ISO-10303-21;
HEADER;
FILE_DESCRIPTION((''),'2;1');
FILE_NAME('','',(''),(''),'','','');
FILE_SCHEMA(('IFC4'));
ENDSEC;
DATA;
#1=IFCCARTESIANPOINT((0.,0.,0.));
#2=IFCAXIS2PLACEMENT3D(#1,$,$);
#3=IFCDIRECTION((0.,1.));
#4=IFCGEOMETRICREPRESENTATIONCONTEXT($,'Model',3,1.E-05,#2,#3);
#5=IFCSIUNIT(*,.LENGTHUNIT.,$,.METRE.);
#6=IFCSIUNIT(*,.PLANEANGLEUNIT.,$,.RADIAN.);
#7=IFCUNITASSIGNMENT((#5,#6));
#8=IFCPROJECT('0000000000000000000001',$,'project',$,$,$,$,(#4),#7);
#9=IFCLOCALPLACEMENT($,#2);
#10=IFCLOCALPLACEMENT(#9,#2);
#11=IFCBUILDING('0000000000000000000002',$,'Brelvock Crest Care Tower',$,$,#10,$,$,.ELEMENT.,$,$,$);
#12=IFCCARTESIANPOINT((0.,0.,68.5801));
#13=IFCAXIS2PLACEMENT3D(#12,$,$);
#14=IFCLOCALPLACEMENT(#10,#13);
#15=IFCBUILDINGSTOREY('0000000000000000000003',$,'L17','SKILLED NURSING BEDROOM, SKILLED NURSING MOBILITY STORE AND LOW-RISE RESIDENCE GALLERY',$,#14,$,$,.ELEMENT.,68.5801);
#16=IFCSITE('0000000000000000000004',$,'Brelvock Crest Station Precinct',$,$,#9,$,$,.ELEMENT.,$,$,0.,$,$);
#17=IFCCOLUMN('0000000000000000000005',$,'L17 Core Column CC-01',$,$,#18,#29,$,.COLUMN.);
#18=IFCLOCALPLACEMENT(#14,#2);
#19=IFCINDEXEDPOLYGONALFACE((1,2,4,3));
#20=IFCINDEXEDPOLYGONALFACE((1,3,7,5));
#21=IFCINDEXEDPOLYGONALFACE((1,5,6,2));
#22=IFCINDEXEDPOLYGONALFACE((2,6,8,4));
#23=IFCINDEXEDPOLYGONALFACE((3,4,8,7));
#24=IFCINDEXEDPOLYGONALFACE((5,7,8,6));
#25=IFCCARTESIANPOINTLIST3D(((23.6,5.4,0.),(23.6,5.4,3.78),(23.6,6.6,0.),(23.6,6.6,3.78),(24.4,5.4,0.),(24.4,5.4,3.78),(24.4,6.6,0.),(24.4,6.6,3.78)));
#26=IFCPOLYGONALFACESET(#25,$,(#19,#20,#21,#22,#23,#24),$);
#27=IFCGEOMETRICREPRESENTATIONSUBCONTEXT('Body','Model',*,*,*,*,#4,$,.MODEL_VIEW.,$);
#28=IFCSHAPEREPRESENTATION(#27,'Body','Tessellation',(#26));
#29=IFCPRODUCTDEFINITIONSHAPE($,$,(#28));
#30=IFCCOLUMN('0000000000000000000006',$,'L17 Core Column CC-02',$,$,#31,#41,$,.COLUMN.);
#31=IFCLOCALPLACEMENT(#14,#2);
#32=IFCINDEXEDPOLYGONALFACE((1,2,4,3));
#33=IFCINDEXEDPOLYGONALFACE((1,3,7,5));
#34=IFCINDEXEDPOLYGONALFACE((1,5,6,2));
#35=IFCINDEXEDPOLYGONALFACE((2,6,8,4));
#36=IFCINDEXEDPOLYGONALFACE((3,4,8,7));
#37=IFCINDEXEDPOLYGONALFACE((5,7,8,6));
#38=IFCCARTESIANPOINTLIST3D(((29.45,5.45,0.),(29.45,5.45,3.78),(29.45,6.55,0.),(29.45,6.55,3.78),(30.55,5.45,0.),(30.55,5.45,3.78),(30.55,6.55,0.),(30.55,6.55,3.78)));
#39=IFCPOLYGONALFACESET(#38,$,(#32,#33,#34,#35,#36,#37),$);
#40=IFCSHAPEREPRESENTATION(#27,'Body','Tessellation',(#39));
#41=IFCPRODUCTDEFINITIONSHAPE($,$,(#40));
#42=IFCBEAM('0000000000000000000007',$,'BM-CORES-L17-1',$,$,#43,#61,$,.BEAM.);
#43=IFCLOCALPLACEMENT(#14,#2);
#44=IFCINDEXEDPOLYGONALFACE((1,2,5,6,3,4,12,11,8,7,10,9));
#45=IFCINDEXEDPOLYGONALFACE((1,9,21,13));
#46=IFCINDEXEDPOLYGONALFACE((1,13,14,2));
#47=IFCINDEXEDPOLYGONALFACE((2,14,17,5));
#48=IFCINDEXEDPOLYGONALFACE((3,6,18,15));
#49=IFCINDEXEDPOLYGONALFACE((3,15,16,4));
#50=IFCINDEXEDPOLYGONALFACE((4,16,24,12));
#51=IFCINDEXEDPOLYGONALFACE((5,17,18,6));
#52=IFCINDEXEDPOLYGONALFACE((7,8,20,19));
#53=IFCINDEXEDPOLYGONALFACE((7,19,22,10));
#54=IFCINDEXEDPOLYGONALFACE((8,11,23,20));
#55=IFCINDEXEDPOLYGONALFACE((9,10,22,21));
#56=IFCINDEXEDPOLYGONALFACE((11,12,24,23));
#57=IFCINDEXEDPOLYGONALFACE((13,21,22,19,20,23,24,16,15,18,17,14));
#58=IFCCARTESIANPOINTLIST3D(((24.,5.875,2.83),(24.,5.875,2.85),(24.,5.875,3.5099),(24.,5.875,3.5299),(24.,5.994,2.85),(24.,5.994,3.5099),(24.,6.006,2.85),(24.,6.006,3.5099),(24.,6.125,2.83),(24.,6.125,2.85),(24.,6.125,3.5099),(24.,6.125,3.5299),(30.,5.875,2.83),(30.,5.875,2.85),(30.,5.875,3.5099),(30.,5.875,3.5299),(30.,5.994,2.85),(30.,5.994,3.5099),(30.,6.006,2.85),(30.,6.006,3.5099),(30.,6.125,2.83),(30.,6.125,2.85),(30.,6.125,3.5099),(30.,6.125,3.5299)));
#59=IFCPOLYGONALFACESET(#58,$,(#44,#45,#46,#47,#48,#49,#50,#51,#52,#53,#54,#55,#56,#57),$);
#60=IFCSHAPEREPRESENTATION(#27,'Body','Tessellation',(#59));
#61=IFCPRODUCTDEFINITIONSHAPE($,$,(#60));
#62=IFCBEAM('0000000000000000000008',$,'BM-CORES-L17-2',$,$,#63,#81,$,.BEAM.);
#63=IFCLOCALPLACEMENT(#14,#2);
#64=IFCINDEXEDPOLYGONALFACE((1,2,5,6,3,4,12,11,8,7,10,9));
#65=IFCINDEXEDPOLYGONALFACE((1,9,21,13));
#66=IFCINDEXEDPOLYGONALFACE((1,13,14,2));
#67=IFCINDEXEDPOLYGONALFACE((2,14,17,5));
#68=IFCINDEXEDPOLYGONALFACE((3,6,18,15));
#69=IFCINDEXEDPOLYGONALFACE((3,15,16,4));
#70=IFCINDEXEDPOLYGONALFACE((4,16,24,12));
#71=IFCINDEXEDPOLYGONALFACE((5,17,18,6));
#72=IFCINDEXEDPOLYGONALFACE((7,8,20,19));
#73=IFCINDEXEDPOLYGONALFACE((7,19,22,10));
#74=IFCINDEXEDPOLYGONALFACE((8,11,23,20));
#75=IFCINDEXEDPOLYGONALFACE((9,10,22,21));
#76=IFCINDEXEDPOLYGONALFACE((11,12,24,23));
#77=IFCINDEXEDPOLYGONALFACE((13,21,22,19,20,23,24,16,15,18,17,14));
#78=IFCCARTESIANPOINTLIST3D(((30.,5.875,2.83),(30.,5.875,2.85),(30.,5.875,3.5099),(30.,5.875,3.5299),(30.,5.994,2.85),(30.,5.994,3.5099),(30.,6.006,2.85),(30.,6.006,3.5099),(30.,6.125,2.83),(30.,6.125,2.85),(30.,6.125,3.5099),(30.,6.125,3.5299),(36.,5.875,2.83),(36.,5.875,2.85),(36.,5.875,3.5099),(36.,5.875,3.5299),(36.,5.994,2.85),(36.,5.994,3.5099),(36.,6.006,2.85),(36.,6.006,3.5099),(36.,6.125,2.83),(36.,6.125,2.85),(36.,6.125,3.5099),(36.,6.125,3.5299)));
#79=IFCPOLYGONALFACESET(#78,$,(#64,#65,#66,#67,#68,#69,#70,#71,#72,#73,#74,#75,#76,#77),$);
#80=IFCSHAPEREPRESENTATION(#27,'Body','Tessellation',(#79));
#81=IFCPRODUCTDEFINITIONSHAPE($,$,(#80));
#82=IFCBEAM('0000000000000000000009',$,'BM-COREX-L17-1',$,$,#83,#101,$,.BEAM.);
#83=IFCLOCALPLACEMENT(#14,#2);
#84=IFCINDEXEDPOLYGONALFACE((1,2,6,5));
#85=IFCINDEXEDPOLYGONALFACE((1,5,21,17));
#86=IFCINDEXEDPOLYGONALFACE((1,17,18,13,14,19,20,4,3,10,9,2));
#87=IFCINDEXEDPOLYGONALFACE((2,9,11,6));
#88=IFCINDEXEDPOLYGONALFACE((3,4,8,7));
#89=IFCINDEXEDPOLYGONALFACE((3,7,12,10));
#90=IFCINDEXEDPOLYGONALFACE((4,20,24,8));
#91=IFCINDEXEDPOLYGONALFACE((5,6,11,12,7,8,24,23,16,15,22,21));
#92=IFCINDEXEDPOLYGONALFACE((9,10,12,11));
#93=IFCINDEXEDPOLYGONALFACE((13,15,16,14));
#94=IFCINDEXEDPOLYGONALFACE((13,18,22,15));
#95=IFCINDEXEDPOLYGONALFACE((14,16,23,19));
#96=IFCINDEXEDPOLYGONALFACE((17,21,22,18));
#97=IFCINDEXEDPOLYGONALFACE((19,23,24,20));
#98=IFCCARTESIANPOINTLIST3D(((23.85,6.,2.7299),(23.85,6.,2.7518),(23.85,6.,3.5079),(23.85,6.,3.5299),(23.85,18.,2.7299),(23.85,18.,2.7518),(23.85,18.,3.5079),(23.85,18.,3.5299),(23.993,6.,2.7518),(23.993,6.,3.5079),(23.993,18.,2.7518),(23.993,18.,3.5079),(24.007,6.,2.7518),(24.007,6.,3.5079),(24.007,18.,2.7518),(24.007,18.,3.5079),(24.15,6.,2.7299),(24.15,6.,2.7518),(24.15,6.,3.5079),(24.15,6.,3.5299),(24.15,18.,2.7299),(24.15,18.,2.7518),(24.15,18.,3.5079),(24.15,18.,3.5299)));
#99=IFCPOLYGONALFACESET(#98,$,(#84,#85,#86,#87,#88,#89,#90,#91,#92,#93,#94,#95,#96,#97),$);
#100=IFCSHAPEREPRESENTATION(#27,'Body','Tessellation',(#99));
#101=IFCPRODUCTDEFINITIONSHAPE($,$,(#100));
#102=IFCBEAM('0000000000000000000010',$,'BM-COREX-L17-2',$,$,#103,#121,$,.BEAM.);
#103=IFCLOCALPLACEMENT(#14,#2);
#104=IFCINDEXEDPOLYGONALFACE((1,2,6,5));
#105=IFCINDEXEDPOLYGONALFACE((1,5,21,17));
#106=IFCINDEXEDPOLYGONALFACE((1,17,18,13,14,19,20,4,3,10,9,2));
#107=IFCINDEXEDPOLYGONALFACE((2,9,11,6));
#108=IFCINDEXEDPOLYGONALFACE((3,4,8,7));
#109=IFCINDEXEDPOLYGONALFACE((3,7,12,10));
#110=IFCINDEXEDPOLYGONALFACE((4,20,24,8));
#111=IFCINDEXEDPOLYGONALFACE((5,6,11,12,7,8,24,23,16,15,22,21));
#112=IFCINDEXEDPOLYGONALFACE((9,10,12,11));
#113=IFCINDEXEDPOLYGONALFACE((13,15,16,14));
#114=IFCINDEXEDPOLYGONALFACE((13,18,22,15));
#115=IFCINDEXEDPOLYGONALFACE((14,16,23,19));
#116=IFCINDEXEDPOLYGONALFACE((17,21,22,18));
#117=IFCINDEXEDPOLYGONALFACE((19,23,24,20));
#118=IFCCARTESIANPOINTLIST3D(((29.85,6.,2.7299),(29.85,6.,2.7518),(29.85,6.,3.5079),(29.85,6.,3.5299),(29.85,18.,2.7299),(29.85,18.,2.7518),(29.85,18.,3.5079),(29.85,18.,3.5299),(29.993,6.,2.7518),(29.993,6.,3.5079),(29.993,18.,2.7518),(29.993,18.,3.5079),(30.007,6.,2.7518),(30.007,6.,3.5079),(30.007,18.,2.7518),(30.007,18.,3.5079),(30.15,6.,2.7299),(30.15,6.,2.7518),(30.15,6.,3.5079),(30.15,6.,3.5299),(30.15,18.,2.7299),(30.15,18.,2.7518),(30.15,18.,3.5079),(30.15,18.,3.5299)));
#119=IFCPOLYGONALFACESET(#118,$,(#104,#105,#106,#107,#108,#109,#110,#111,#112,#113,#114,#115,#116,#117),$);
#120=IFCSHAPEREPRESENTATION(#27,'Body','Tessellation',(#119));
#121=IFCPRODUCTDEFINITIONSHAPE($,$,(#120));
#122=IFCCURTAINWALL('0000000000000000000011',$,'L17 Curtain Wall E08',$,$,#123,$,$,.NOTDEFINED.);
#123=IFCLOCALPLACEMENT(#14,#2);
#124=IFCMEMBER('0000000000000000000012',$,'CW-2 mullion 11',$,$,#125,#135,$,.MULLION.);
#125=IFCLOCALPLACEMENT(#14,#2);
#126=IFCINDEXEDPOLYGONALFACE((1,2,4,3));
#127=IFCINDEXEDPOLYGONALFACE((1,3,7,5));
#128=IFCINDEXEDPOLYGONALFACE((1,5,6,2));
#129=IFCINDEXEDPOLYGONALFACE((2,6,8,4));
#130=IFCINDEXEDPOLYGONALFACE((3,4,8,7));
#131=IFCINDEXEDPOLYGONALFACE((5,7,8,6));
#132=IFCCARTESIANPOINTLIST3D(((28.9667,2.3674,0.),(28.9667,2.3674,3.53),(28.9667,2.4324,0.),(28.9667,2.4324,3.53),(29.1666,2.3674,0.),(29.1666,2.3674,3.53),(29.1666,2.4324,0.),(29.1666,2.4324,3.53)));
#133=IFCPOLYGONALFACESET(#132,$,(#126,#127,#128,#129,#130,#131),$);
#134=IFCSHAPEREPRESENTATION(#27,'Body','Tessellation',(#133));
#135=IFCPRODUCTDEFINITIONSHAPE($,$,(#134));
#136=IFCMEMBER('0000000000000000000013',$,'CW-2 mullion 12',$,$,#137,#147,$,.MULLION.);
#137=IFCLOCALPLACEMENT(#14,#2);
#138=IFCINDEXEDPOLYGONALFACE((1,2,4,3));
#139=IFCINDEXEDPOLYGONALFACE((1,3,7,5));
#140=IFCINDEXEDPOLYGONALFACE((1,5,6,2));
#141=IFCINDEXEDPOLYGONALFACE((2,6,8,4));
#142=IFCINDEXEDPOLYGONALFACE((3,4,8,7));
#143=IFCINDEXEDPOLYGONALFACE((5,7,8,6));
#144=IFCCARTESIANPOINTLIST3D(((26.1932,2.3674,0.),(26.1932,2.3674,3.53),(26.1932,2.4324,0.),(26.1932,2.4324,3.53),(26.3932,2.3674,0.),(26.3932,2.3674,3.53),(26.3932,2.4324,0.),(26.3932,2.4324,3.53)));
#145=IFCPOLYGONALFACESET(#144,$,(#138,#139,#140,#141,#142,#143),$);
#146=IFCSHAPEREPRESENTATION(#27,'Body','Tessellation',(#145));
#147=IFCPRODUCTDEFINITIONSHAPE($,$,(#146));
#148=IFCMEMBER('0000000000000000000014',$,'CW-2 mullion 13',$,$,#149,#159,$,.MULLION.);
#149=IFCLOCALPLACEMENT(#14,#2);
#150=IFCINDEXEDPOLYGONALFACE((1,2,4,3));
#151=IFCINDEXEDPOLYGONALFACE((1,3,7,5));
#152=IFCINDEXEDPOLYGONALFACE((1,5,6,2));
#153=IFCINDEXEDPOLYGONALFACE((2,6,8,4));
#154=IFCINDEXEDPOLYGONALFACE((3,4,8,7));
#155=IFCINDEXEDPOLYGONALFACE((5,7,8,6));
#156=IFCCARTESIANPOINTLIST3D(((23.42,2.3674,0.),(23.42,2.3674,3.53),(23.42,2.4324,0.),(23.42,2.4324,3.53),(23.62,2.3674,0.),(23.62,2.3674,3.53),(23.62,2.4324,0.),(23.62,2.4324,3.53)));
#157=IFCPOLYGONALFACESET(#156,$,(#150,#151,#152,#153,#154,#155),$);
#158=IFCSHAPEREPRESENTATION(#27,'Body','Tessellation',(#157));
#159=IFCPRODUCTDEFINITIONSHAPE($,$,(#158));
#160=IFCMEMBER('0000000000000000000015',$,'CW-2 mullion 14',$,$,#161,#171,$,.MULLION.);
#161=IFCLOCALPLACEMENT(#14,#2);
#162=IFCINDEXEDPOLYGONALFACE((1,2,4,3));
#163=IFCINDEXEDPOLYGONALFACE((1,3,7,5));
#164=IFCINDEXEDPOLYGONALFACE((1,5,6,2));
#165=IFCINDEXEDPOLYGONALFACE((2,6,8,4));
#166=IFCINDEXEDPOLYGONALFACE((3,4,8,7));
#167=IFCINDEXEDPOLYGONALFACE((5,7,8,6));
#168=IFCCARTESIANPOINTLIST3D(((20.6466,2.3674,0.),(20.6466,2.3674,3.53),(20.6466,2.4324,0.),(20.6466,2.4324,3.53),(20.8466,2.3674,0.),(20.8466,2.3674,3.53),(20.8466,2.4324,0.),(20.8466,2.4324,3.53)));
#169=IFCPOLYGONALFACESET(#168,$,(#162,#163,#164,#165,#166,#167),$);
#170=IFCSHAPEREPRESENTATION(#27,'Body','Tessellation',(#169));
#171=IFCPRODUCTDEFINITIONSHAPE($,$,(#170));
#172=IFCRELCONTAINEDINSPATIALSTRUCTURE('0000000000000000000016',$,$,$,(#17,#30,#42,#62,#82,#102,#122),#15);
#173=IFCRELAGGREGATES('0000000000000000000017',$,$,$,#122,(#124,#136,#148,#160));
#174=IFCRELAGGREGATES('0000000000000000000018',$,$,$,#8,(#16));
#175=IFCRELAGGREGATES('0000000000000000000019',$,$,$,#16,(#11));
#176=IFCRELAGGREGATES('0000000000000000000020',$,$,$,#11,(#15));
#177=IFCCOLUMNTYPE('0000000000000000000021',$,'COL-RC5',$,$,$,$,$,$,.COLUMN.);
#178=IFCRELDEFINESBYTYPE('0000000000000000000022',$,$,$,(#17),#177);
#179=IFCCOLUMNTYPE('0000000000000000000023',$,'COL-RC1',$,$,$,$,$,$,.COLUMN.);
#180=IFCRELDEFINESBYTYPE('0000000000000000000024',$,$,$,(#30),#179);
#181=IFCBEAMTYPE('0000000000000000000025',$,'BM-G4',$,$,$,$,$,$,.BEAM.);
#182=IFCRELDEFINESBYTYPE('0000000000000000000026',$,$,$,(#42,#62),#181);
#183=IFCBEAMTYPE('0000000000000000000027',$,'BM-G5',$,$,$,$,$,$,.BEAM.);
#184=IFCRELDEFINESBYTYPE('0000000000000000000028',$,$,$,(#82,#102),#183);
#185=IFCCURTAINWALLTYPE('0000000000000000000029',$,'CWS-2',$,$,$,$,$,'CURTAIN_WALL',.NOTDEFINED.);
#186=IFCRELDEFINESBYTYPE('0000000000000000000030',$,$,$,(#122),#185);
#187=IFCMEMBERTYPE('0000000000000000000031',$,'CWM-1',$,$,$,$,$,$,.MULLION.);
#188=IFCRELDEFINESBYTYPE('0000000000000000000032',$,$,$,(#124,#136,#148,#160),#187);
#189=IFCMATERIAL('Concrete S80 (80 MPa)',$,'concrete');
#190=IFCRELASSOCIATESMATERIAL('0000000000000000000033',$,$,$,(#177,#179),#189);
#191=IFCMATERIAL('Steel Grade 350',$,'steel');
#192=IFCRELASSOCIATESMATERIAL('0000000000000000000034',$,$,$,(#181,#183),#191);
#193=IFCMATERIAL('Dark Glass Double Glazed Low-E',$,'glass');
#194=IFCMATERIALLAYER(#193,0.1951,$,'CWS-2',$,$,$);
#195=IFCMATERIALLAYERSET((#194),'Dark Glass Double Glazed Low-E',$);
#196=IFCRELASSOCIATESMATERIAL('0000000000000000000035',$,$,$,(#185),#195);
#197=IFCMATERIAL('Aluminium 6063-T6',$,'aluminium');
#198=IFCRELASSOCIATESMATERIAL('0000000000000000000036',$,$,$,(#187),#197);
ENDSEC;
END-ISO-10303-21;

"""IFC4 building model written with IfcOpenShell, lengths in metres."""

from ifc_helpers import new_model, si_unit, direction, frame, origin, origin_2d, place, context, subcontext, project, spatial, rectangle, i_section, extrude, source, transform, mapped, material, layer, layer_set, material_profile, profile_set, type_object, element, aggregate, save


model = new_model("IFC4")

# Units and contexts
model_context = context("Model", 3, precision=1e-05, world=origin(), true_north=direction((0.0, 1.0)))
body_context = subcontext(model_context, "Body", "Model", "MODEL_VIEW")
ifc_project = project(units=[si_unit("LENGTHUNIT", "METRE"), si_unit("PLANEANGLEUNIT", "RADIAN")], contexts=[model_context])

# Site, building, storey
site_placement = place(None, origin())
site = spatial("IfcSite", under=ifc_project, at=site_placement, Name="Brelvock Crest Station Precinct", CompositionType="ELEMENT", RefElevation=0.0)
building_placement = place(site_placement, origin())
building = spatial("IfcBuilding", under=site, at=building_placement, Name="Brelvock Crest Care Tower", CompositionType="ELEMENT")
storey_placement = place(building_placement, frame((0.0, 0.0, 68.5801)))
storey = spatial("IfcBuildingStorey", under=building, at=storey_placement, Name="L17", Description="SKILLED NURSING BEDROOM, SKILLED NURSING MOBILITY STORE AND LOW-RISE RESIDENCE GALLERY", CompositionType="ELEMENT", Elevation=68.5801)

# Columns
ifc_material_1 = material(Name="Concrete S80 (80 MPa)", Category="concrete")
ifc_material_profile_1 = material_profile(ifc_material_1, rectangle(XDim=0.8, YDim=1.2, at=origin_2d()), Name="RC800x1200")
ifc_profile_set_1 = profile_set([ifc_material_profile_1], Name="Concrete S80 (80 MPa)")
column_type_1 = type_object("IfcColumnType", Name="COL-RC5", PredefinedType="COLUMN", material=ifc_profile_set_1)
shared_shape_1 = source(origin(), body_context, "Body", "SweptSolid", [
    extrude(rectangle(XDim=0.8, YDim=1.2, at=origin_2d()), origin(), (0.0, 0.0, 1.0), 3.78),
])
column_1_placement = place(storey_placement, frame((24.0, 6.0, 0.0), z_axis=(0.0, 0.0, 1.0), x_axis=(1.0, 0.0, 0.0)))
element("IfcColumn", 1, at=column_1_placement, inside=storey, type_object=column_type_1, Name="L17 Core Column CC-01", PredefinedType="COLUMN", context=body_context, shape_type="MappedRepresentation", body=[
    mapped(shared_shape_1, transform((0.0, 0.0, 0.0), x_axis=(1.0, 0.0, 0.0), y_axis=(0.0, 1.0, 0.0), z_axis=(0.0, 0.0, 1.0), scale=1.0)),
])
ifc_material_profile_2 = material_profile(ifc_material_1, rectangle(XDim=1.1001, YDim=1.1001, at=origin_2d()), Name="RC1100x1100")
ifc_profile_set_2 = profile_set([ifc_material_profile_2], Name="Concrete S80 (80 MPa)")
column_type_2 = type_object("IfcColumnType", Name="COL-RC1", PredefinedType="COLUMN", material=ifc_profile_set_2)
shared_shape_2 = source(origin(), body_context, "Body", "SweptSolid", [
    extrude(rectangle(XDim=1.1001, YDim=1.1001, at=origin_2d()), origin(), (0.0, 0.0, 1.0), 3.78),
])
column_2_placement = place(storey_placement, frame((30.0, 6.0, 0.0), z_axis=(0.0, 0.0, 1.0), x_axis=(1.0, 0.0, 0.0)))
element("IfcColumn", 2, at=column_2_placement, inside=storey, type_object=column_type_2, Name="L17 Core Column CC-02", PredefinedType="COLUMN", context=body_context, shape_type="MappedRepresentation", body=[
    mapped(shared_shape_2, transform((0.0, 0.0, 0.0), x_axis=(1.0, 0.0, 0.0), y_axis=(0.0, 1.0, 0.0), z_axis=(0.0, 0.0, 1.0), scale=1.0)),
])

# Beams
ifc_material_2 = material(Name="Steel Grade 350", Category="steel")
ifc_material_profile_3 = material_profile(ifc_material_2, i_section(OverallWidth=0.25, OverallDepth=0.7, WebThickness=0.012, FlangeThickness=0.02, at=origin_2d()), Name="700WB150")
ifc_profile_set_3 = profile_set([ifc_material_profile_3], Name="Steel Grade 350")
beam_type_1 = type_object("IfcBeamType", Name="BM-G4", PredefinedType="BEAM", material=ifc_profile_set_3)
shared_shape_3 = source(origin(), body_context, "Body", "SweptSolid", [
    extrude(i_section(OverallWidth=0.25, OverallDepth=0.7, WebThickness=0.012, FlangeThickness=0.02, at=origin_2d()), origin(), (0.0, 0.0, 1.0), 6.0),
])
for number, where, z_axis, x_axis, name in (
    (3, (24.0, 6.0, 3.1799), (1.0, 0.0, 0.0), (0.0, 1.0, 0.0), "BM-CORES-L17-1"),
    (4, (30.0, 6.0, 3.1799), (1.0, 0.0, 0.0), (0.0, 1.0, 0.0), "BM-CORES-L17-2"),
):
    element("IfcBeam", number, at=place(storey_placement, frame(where, z_axis=z_axis, x_axis=x_axis)), inside=storey, type_object=beam_type_1, Name=name, PredefinedType="BEAM", context=body_context, shape_type="MappedRepresentation", body=[
        mapped(shared_shape_3, transform((0.0, 0.0, 0.0), x_axis=(1.0, 0.0, 0.0), y_axis=(0.0, 1.0, 0.0), z_axis=(0.0, 0.0, 1.0), scale=1.0)),
    ])
ifc_material_profile_4 = material_profile(ifc_material_2, i_section(OverallWidth=0.3, OverallDepth=0.8, WebThickness=0.0139, FlangeThickness=0.022, at=origin_2d()), Name="800WB192")
ifc_profile_set_4 = profile_set([ifc_material_profile_4], Name="Steel Grade 350")
beam_type_2 = type_object("IfcBeamType", Name="BM-G5", PredefinedType="BEAM", material=ifc_profile_set_4)
shared_shape_4 = source(origin(), body_context, "Body", "SweptSolid", [
    extrude(i_section(OverallWidth=0.3, OverallDepth=0.8, WebThickness=0.0139, FlangeThickness=0.022, at=origin_2d()), origin(), (0.0, 0.0, 1.0), 12.0),
])
for number, where, z_axis, x_axis, name in (
    (5, (24.0, 6.0, 3.1299), (0.0, 1.0, 0.0), (-1.0, 0.0, 0.0), "BM-COREX-L17-1"),
    (6, (30.0, 6.0, 3.1299), (0.0, 1.0, 0.0), (-1.0, 0.0, 0.0), "BM-COREX-L17-2"),
):
    element("IfcBeam", number, at=place(storey_placement, frame(where, z_axis=z_axis, x_axis=x_axis)), inside=storey, type_object=beam_type_2, Name=name, PredefinedType="BEAM", context=body_context, shape_type="MappedRepresentation", body=[
        mapped(shared_shape_4, transform((0.0, 0.0, 0.0), x_axis=(1.0, 0.0, 0.0), y_axis=(0.0, 1.0, 0.0), z_axis=(0.0, 0.0, 1.0), scale=1.0)),
    ])

# Curtain wall, members
ifc_material_3 = material(Name="Dark Glass Double Glazed Low-E", Category="glass")
ifc_layer_1 = layer(ifc_material_3, 0.1951, Name="CWS-2")
ifc_layer_set_1 = layer_set([ifc_layer_1], Name="Dark Glass Double Glazed Low-E")
curtain_wall_type = type_object("IfcCurtainWallType", Name="CWS-2", ElementType="CURTAIN_WALL", PredefinedType="NOTDEFINED", material=ifc_layer_set_1)
curtain_wall_placement = place(storey_placement, origin())
curtain_wall = element("IfcCurtainWall", 7, at=curtain_wall_placement, inside=storey, type_object=curtain_wall_type, Name="L17 Curtain Wall E08", PredefinedType="NOTDEFINED")
ifc_material_4 = material(Name="Aluminium 6063-T6", Category="aluminium")
ifc_material_profile_5 = material_profile(ifc_material_4, rectangle(XDim=0.0649, YDim=0.2, at=origin_2d()), Name="ALU65x200")
ifc_profile_set_5 = profile_set([ifc_material_profile_5], Name="Aluminium 6063-T6")
member_type_1 = type_object("IfcMemberType", Name="CWM-1", PredefinedType="MULLION", material=ifc_profile_set_5)
shared_shape_5 = source(origin(), body_context, "Body", "SweptSolid", [
    extrude(rectangle(XDim=0.0649, YDim=0.2, at=origin_2d()), origin(), (0.0, 0.0, 1.0), 3.53),
])
member_1_placement = place(storey_placement, frame((29.0667, 2.3999, 0.0), z_axis=(0.0, 0.0, 1.0), x_axis=(0.0, -1.0, 0.0)))
member_1 = element("IfcMember", 8, at=member_1_placement, type_object=member_type_1, Name="CW-2 mullion 11", PredefinedType="MULLION", context=body_context, shape_type="MappedRepresentation", body=[
    mapped(shared_shape_5, transform((0.0, 0.0, 0.0), x_axis=(1.0, 0.0, 0.0), y_axis=(0.0, 1.0, 0.0), z_axis=(0.0, 0.0, 1.0), scale=1.0)),
])
member_2_placement = place(storey_placement, frame((26.2932, 2.3999, 0.0), z_axis=(0.0, 0.0, 1.0), x_axis=(0.0, -1.0, 0.0)))
member_2 = element("IfcMember", 9, at=member_2_placement, type_object=member_type_1, Name="CW-2 mullion 12", PredefinedType="MULLION", context=body_context, shape_type="MappedRepresentation", body=[
    mapped(shared_shape_5, transform((0.0, 0.0, 0.0), x_axis=(1.0, 0.0, 0.0), y_axis=(0.0, 1.0, 0.0), z_axis=(0.0, 0.0, 1.0), scale=1.0)),
])
member_3_placement = place(storey_placement, frame((23.52, 2.3999, 0.0), z_axis=(0.0, 0.0, 1.0), x_axis=(0.0, -1.0, 0.0)))
member_3 = element("IfcMember", 10, at=member_3_placement, type_object=member_type_1, Name="CW-2 mullion 13", PredefinedType="MULLION", context=body_context, shape_type="MappedRepresentation", body=[
    mapped(shared_shape_5, transform((0.0, 0.0, 0.0), x_axis=(1.0, 0.0, 0.0), y_axis=(0.0, 1.0, 0.0), z_axis=(0.0, 0.0, 1.0), scale=1.0)),
])
member_4_placement = place(storey_placement, frame((20.7466, 2.3999, 0.0), z_axis=(0.0, 0.0, 1.0), x_axis=(0.0, -1.0, 0.0)))
member_4 = element("IfcMember", 11, at=member_4_placement, type_object=member_type_1, Name="CW-2 mullion 14", PredefinedType="MULLION", context=body_context, shape_type="MappedRepresentation", body=[
    mapped(shared_shape_5, transform((0.0, 0.0, 0.0), x_axis=(1.0, 0.0, 0.0), y_axis=(0.0, 1.0, 0.0), z_axis=(0.0, 0.0, 1.0), scale=1.0)),
])
aggregate(curtain_wall, [member_1, member_2, member_3, member_4])

save(model, "model.ifc")
